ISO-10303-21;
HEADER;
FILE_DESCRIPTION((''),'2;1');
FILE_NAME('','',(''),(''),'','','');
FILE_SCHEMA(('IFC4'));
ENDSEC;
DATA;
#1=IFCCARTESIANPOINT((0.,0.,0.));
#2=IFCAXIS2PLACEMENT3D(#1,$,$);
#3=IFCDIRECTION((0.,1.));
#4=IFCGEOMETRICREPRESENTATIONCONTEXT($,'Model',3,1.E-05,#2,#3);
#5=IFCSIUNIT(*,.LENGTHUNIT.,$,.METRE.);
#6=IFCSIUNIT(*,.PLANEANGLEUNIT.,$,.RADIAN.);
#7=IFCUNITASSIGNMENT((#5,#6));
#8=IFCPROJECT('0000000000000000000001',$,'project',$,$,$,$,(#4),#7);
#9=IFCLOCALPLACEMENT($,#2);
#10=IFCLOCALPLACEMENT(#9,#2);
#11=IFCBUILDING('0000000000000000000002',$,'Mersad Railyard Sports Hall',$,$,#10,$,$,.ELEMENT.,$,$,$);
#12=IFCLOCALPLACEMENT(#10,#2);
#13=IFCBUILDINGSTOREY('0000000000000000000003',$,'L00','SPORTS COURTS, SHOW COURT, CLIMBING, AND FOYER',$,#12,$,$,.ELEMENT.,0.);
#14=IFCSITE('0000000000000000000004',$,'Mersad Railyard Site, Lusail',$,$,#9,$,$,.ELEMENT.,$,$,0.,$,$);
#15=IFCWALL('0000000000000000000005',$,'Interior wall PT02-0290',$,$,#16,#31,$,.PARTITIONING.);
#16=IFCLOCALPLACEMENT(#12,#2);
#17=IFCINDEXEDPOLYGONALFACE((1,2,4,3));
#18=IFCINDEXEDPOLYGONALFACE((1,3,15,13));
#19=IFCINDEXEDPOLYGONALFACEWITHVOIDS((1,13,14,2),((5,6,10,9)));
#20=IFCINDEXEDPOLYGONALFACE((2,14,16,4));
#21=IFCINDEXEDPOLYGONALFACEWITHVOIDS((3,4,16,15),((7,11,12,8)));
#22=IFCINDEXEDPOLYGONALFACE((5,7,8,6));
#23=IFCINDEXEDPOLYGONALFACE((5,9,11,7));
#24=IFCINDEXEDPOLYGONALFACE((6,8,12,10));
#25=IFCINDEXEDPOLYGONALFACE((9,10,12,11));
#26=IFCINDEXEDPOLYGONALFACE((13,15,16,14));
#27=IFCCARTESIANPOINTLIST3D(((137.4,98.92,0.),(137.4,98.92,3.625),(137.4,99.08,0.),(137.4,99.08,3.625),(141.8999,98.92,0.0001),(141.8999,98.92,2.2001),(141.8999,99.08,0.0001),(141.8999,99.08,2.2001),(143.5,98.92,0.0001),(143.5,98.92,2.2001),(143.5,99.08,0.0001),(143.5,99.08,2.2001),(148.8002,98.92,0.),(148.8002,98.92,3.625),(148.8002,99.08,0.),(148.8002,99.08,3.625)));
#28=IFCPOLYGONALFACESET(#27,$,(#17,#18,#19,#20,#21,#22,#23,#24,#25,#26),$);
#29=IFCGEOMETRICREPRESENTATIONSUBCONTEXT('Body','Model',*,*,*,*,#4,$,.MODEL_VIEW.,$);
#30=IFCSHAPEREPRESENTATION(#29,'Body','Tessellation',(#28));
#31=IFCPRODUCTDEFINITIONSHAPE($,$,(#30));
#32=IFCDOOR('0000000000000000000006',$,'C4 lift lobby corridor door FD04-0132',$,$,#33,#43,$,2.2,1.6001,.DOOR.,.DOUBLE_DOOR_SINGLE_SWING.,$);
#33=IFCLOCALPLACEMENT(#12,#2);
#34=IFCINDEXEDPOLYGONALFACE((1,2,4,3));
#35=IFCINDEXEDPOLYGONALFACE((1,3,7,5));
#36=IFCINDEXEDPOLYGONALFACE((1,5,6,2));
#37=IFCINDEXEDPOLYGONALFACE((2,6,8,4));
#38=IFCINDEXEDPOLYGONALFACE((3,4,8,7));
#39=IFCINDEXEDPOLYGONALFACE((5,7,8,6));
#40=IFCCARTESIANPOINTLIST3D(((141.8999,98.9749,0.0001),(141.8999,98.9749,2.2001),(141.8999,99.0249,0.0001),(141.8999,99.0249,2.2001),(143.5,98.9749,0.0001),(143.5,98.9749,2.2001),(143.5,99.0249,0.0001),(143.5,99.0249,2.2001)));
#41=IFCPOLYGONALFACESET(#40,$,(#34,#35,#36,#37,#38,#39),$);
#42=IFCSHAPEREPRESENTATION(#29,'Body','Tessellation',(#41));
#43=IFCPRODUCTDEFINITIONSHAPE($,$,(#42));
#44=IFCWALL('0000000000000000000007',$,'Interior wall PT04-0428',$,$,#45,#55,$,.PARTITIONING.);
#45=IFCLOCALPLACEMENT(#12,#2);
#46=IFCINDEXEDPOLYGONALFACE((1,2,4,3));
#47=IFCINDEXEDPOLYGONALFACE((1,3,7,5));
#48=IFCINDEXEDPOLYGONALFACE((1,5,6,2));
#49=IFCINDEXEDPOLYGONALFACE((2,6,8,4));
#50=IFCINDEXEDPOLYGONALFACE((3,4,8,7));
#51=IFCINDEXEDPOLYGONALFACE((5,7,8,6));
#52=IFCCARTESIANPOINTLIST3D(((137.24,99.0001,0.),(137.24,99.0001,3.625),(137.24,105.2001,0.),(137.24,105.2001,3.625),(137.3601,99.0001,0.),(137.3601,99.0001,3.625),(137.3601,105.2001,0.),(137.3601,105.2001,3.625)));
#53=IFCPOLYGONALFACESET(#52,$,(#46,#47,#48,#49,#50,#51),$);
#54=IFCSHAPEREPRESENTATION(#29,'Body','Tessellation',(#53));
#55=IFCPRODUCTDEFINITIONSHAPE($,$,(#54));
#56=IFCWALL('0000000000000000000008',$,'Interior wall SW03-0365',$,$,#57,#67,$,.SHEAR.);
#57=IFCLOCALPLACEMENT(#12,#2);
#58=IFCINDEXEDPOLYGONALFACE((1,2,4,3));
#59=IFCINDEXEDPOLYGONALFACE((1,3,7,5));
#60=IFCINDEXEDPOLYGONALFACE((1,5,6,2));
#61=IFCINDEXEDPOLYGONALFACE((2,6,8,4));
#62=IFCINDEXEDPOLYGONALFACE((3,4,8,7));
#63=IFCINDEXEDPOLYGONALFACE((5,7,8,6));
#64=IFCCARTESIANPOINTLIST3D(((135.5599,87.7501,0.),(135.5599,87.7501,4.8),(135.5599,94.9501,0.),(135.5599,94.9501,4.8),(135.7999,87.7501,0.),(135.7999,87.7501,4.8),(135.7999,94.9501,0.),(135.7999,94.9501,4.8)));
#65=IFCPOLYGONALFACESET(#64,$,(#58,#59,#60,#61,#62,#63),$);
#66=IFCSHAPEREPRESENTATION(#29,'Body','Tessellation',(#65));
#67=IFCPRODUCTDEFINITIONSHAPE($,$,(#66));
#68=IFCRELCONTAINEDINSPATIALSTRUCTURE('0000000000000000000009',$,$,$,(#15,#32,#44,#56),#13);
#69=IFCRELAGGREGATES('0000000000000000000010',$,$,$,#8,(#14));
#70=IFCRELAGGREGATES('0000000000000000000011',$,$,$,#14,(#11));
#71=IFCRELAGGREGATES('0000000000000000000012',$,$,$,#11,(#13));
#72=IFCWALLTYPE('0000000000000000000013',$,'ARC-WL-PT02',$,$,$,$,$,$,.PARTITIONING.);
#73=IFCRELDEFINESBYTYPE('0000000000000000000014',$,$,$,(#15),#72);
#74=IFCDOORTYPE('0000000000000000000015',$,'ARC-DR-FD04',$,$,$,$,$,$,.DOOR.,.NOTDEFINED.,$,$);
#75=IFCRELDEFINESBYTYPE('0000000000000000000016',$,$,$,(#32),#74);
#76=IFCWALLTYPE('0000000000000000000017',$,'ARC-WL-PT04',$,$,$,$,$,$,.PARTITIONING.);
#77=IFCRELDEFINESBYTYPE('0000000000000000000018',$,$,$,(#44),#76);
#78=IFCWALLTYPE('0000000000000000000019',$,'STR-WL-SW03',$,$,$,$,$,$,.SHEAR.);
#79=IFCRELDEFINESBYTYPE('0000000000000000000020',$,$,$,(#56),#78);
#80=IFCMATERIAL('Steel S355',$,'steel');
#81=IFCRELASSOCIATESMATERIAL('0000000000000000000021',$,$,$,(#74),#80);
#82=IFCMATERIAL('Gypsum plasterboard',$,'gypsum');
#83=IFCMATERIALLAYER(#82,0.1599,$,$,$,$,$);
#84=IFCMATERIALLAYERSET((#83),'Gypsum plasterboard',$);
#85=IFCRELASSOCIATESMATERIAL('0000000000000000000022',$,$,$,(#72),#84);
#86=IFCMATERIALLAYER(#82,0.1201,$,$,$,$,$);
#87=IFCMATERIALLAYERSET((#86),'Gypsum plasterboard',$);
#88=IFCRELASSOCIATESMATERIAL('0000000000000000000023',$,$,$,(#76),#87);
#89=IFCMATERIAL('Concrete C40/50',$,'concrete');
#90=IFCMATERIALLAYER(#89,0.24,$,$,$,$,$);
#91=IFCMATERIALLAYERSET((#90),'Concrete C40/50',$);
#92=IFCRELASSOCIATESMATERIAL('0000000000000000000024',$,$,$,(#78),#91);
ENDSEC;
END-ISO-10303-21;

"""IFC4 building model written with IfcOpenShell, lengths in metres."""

from ifc_helpers import new_model, si_unit, direction, frame, frame_2d, origin, place, context, subcontext, project, spatial, rectangle, extrude, material, layer, layer_set, type_object, element, fill, save


model = new_model("IFC4")

# Units and contexts
model_context = context("Model", 3, precision=1e-05, world=origin(), true_north=direction((0.0, 1.0)))
body_context = subcontext(model_context, "Body", "Model", "MODEL_VIEW")
ifc_project = project(units=[si_unit("LENGTHUNIT", "METRE"), si_unit("PLANEANGLEUNIT", "RADIAN")], contexts=[model_context])

# Site, building, storey
site_placement = place(None, origin())
site = spatial("IfcSite", under=ifc_project, at=site_placement, Name="Mersad Railyard Site, Lusail", CompositionType="ELEMENT", RefElevation=0.0)
building_placement = place(site_placement, origin())
building = spatial("IfcBuilding", under=site, at=building_placement, Name="Mersad Railyard Sports Hall", CompositionType="ELEMENT")
storey_placement = place(building_placement, origin())
storey = spatial("IfcBuildingStorey", under=building, at=storey_placement, Name="L00", Description="SPORTS COURTS, SHOW COURT, CLIMBING, AND FOYER", CompositionType="ELEMENT", Elevation=0.0)

# Shared definitions
ifc_material_1 = material(Name="Concrete C40/50", Category="concrete")

# Wall, opening, door
ifc_material_2 = material(Name="Steel S355", Category="steel")
door_type = type_object("IfcDoorType", Name="ARC-DR-FD04", OperationType="NOTDEFINED", PredefinedType="DOOR", material=ifc_material_2)
ifc_material_3 = material(Name="Gypsum plasterboard", Category="gypsum")
ifc_layer_1 = layer(ifc_material_3, 0.1599)
ifc_layer_set_1 = layer_set([ifc_layer_1], Name="Gypsum plasterboard")
wall_type_1 = type_object("IfcWallType", Name="ARC-WL-PT02", PredefinedType="PARTITIONING", material=ifc_layer_set_1)
wall_1_placement = place(storey_placement, frame((137.3999, 99.0, 0.0), z_axis=(0.0, 0.0, 1.0), x_axis=(1.0, 0.0, 0.0)))
wall_1 = element("IfcWall", 1, at=wall_1_placement, inside=storey, type_object=wall_type_1, Name="Interior wall PT02-0290", PredefinedType="PARTITIONING", context=body_context, shape_type="SweptSolid", body=[
    extrude(rectangle(XDim=11.4001, YDim=0.1599, at=frame_2d((5.7002, 0.0))), origin(), (0.0, 0.0, 1.0), 3.625),
])
opening_1_placement = place(wall_1_placement, frame((4.5, 0.0, 0.0)))
opening_1 = element("IfcOpeningElement", 2, at=opening_1_placement, cuts=wall_1, PredefinedType="OPENING", context=body_context, shape_type="SweptSolid", body=[
    extrude(rectangle(XDim=1.6001, YDim=2.2, at=frame_2d((0.8, 1.1001))), frame((0.0, 0.0898, 0.0), z_axis=(0.0, -1.0, 0.0), x_axis=(1.0, 0.0, 0.0)), (0.0, 0.0, 1.0), 0.1799),
])
door_1_placement = place(opening_1_placement, origin())
door_1 = element("IfcDoor", 3, at=door_1_placement, inside=storey, type_object=door_type, Name="C4 lift lobby corridor door FD04-0132", OperationType="DOUBLE_DOOR_SINGLE_SWING", OverallHeight=2.2, OverallWidth=1.6001, PredefinedType="DOOR", context=body_context, shape_type="SweptSolid", body=[
    extrude(rectangle(XDim=1.6001, YDim=2.2, at=frame_2d((0.8, 1.1001))), frame((0.0, 0.0249, 0.0), z_axis=(0.0, -1.0, 0.0), x_axis=(1.0, 0.0, 0.0)), (0.0, 0.0, 1.0), 0.05),
])
fill(opening_1, door_1)

# Walls
ifc_layer_2 = layer(ifc_material_3, 0.1201)
ifc_layer_set_2 = layer_set([ifc_layer_2], Name="Gypsum plasterboard")
wall_type_2 = type_object("IfcWallType", Name="ARC-WL-PT04", PredefinedType="PARTITIONING", material=ifc_layer_set_2)
wall_2_placement = place(storey_placement, frame((137.3, 99.0, 0.0), z_axis=(0.0, 0.0, 1.0), x_axis=(0.0, 1.0, 0.0)))
element("IfcWall", 4, at=wall_2_placement, inside=storey, type_object=wall_type_2, Name="Interior wall PT04-0428", PredefinedType="PARTITIONING", context=body_context, shape_type="SweptSolid", body=[
    extrude(rectangle(XDim=6.2, YDim=0.1201, at=frame_2d((3.1001, 0.0))), origin(), (0.0, 0.0, 1.0), 3.625),
])
ifc_layer_3 = layer(ifc_material_1, 0.24)
ifc_layer_set_3 = layer_set([ifc_layer_3], Name="Concrete C40/50")
wall_type_3 = type_object("IfcWallType", Name="STR-WL-SW03", PredefinedType="SHEAR", material=ifc_layer_set_3)
wall_3_placement = place(storey_placement, frame((135.6799, 87.75, 0.0), z_axis=(0.0, 0.0, 1.0), x_axis=(0.0, 1.0, 0.0)))
element("IfcWall", 5, at=wall_3_placement, inside=storey, type_object=wall_type_3, Name="Interior wall SW03-0365", PredefinedType="SHEAR", context=body_context, shape_type="SweptSolid", body=[
    extrude(rectangle(XDim=7.2, YDim=0.24, at=frame_2d((3.6001, 0.0))), origin(), (0.0, 0.0, 1.0), 4.8),
])

save(model, "model.ifc")
